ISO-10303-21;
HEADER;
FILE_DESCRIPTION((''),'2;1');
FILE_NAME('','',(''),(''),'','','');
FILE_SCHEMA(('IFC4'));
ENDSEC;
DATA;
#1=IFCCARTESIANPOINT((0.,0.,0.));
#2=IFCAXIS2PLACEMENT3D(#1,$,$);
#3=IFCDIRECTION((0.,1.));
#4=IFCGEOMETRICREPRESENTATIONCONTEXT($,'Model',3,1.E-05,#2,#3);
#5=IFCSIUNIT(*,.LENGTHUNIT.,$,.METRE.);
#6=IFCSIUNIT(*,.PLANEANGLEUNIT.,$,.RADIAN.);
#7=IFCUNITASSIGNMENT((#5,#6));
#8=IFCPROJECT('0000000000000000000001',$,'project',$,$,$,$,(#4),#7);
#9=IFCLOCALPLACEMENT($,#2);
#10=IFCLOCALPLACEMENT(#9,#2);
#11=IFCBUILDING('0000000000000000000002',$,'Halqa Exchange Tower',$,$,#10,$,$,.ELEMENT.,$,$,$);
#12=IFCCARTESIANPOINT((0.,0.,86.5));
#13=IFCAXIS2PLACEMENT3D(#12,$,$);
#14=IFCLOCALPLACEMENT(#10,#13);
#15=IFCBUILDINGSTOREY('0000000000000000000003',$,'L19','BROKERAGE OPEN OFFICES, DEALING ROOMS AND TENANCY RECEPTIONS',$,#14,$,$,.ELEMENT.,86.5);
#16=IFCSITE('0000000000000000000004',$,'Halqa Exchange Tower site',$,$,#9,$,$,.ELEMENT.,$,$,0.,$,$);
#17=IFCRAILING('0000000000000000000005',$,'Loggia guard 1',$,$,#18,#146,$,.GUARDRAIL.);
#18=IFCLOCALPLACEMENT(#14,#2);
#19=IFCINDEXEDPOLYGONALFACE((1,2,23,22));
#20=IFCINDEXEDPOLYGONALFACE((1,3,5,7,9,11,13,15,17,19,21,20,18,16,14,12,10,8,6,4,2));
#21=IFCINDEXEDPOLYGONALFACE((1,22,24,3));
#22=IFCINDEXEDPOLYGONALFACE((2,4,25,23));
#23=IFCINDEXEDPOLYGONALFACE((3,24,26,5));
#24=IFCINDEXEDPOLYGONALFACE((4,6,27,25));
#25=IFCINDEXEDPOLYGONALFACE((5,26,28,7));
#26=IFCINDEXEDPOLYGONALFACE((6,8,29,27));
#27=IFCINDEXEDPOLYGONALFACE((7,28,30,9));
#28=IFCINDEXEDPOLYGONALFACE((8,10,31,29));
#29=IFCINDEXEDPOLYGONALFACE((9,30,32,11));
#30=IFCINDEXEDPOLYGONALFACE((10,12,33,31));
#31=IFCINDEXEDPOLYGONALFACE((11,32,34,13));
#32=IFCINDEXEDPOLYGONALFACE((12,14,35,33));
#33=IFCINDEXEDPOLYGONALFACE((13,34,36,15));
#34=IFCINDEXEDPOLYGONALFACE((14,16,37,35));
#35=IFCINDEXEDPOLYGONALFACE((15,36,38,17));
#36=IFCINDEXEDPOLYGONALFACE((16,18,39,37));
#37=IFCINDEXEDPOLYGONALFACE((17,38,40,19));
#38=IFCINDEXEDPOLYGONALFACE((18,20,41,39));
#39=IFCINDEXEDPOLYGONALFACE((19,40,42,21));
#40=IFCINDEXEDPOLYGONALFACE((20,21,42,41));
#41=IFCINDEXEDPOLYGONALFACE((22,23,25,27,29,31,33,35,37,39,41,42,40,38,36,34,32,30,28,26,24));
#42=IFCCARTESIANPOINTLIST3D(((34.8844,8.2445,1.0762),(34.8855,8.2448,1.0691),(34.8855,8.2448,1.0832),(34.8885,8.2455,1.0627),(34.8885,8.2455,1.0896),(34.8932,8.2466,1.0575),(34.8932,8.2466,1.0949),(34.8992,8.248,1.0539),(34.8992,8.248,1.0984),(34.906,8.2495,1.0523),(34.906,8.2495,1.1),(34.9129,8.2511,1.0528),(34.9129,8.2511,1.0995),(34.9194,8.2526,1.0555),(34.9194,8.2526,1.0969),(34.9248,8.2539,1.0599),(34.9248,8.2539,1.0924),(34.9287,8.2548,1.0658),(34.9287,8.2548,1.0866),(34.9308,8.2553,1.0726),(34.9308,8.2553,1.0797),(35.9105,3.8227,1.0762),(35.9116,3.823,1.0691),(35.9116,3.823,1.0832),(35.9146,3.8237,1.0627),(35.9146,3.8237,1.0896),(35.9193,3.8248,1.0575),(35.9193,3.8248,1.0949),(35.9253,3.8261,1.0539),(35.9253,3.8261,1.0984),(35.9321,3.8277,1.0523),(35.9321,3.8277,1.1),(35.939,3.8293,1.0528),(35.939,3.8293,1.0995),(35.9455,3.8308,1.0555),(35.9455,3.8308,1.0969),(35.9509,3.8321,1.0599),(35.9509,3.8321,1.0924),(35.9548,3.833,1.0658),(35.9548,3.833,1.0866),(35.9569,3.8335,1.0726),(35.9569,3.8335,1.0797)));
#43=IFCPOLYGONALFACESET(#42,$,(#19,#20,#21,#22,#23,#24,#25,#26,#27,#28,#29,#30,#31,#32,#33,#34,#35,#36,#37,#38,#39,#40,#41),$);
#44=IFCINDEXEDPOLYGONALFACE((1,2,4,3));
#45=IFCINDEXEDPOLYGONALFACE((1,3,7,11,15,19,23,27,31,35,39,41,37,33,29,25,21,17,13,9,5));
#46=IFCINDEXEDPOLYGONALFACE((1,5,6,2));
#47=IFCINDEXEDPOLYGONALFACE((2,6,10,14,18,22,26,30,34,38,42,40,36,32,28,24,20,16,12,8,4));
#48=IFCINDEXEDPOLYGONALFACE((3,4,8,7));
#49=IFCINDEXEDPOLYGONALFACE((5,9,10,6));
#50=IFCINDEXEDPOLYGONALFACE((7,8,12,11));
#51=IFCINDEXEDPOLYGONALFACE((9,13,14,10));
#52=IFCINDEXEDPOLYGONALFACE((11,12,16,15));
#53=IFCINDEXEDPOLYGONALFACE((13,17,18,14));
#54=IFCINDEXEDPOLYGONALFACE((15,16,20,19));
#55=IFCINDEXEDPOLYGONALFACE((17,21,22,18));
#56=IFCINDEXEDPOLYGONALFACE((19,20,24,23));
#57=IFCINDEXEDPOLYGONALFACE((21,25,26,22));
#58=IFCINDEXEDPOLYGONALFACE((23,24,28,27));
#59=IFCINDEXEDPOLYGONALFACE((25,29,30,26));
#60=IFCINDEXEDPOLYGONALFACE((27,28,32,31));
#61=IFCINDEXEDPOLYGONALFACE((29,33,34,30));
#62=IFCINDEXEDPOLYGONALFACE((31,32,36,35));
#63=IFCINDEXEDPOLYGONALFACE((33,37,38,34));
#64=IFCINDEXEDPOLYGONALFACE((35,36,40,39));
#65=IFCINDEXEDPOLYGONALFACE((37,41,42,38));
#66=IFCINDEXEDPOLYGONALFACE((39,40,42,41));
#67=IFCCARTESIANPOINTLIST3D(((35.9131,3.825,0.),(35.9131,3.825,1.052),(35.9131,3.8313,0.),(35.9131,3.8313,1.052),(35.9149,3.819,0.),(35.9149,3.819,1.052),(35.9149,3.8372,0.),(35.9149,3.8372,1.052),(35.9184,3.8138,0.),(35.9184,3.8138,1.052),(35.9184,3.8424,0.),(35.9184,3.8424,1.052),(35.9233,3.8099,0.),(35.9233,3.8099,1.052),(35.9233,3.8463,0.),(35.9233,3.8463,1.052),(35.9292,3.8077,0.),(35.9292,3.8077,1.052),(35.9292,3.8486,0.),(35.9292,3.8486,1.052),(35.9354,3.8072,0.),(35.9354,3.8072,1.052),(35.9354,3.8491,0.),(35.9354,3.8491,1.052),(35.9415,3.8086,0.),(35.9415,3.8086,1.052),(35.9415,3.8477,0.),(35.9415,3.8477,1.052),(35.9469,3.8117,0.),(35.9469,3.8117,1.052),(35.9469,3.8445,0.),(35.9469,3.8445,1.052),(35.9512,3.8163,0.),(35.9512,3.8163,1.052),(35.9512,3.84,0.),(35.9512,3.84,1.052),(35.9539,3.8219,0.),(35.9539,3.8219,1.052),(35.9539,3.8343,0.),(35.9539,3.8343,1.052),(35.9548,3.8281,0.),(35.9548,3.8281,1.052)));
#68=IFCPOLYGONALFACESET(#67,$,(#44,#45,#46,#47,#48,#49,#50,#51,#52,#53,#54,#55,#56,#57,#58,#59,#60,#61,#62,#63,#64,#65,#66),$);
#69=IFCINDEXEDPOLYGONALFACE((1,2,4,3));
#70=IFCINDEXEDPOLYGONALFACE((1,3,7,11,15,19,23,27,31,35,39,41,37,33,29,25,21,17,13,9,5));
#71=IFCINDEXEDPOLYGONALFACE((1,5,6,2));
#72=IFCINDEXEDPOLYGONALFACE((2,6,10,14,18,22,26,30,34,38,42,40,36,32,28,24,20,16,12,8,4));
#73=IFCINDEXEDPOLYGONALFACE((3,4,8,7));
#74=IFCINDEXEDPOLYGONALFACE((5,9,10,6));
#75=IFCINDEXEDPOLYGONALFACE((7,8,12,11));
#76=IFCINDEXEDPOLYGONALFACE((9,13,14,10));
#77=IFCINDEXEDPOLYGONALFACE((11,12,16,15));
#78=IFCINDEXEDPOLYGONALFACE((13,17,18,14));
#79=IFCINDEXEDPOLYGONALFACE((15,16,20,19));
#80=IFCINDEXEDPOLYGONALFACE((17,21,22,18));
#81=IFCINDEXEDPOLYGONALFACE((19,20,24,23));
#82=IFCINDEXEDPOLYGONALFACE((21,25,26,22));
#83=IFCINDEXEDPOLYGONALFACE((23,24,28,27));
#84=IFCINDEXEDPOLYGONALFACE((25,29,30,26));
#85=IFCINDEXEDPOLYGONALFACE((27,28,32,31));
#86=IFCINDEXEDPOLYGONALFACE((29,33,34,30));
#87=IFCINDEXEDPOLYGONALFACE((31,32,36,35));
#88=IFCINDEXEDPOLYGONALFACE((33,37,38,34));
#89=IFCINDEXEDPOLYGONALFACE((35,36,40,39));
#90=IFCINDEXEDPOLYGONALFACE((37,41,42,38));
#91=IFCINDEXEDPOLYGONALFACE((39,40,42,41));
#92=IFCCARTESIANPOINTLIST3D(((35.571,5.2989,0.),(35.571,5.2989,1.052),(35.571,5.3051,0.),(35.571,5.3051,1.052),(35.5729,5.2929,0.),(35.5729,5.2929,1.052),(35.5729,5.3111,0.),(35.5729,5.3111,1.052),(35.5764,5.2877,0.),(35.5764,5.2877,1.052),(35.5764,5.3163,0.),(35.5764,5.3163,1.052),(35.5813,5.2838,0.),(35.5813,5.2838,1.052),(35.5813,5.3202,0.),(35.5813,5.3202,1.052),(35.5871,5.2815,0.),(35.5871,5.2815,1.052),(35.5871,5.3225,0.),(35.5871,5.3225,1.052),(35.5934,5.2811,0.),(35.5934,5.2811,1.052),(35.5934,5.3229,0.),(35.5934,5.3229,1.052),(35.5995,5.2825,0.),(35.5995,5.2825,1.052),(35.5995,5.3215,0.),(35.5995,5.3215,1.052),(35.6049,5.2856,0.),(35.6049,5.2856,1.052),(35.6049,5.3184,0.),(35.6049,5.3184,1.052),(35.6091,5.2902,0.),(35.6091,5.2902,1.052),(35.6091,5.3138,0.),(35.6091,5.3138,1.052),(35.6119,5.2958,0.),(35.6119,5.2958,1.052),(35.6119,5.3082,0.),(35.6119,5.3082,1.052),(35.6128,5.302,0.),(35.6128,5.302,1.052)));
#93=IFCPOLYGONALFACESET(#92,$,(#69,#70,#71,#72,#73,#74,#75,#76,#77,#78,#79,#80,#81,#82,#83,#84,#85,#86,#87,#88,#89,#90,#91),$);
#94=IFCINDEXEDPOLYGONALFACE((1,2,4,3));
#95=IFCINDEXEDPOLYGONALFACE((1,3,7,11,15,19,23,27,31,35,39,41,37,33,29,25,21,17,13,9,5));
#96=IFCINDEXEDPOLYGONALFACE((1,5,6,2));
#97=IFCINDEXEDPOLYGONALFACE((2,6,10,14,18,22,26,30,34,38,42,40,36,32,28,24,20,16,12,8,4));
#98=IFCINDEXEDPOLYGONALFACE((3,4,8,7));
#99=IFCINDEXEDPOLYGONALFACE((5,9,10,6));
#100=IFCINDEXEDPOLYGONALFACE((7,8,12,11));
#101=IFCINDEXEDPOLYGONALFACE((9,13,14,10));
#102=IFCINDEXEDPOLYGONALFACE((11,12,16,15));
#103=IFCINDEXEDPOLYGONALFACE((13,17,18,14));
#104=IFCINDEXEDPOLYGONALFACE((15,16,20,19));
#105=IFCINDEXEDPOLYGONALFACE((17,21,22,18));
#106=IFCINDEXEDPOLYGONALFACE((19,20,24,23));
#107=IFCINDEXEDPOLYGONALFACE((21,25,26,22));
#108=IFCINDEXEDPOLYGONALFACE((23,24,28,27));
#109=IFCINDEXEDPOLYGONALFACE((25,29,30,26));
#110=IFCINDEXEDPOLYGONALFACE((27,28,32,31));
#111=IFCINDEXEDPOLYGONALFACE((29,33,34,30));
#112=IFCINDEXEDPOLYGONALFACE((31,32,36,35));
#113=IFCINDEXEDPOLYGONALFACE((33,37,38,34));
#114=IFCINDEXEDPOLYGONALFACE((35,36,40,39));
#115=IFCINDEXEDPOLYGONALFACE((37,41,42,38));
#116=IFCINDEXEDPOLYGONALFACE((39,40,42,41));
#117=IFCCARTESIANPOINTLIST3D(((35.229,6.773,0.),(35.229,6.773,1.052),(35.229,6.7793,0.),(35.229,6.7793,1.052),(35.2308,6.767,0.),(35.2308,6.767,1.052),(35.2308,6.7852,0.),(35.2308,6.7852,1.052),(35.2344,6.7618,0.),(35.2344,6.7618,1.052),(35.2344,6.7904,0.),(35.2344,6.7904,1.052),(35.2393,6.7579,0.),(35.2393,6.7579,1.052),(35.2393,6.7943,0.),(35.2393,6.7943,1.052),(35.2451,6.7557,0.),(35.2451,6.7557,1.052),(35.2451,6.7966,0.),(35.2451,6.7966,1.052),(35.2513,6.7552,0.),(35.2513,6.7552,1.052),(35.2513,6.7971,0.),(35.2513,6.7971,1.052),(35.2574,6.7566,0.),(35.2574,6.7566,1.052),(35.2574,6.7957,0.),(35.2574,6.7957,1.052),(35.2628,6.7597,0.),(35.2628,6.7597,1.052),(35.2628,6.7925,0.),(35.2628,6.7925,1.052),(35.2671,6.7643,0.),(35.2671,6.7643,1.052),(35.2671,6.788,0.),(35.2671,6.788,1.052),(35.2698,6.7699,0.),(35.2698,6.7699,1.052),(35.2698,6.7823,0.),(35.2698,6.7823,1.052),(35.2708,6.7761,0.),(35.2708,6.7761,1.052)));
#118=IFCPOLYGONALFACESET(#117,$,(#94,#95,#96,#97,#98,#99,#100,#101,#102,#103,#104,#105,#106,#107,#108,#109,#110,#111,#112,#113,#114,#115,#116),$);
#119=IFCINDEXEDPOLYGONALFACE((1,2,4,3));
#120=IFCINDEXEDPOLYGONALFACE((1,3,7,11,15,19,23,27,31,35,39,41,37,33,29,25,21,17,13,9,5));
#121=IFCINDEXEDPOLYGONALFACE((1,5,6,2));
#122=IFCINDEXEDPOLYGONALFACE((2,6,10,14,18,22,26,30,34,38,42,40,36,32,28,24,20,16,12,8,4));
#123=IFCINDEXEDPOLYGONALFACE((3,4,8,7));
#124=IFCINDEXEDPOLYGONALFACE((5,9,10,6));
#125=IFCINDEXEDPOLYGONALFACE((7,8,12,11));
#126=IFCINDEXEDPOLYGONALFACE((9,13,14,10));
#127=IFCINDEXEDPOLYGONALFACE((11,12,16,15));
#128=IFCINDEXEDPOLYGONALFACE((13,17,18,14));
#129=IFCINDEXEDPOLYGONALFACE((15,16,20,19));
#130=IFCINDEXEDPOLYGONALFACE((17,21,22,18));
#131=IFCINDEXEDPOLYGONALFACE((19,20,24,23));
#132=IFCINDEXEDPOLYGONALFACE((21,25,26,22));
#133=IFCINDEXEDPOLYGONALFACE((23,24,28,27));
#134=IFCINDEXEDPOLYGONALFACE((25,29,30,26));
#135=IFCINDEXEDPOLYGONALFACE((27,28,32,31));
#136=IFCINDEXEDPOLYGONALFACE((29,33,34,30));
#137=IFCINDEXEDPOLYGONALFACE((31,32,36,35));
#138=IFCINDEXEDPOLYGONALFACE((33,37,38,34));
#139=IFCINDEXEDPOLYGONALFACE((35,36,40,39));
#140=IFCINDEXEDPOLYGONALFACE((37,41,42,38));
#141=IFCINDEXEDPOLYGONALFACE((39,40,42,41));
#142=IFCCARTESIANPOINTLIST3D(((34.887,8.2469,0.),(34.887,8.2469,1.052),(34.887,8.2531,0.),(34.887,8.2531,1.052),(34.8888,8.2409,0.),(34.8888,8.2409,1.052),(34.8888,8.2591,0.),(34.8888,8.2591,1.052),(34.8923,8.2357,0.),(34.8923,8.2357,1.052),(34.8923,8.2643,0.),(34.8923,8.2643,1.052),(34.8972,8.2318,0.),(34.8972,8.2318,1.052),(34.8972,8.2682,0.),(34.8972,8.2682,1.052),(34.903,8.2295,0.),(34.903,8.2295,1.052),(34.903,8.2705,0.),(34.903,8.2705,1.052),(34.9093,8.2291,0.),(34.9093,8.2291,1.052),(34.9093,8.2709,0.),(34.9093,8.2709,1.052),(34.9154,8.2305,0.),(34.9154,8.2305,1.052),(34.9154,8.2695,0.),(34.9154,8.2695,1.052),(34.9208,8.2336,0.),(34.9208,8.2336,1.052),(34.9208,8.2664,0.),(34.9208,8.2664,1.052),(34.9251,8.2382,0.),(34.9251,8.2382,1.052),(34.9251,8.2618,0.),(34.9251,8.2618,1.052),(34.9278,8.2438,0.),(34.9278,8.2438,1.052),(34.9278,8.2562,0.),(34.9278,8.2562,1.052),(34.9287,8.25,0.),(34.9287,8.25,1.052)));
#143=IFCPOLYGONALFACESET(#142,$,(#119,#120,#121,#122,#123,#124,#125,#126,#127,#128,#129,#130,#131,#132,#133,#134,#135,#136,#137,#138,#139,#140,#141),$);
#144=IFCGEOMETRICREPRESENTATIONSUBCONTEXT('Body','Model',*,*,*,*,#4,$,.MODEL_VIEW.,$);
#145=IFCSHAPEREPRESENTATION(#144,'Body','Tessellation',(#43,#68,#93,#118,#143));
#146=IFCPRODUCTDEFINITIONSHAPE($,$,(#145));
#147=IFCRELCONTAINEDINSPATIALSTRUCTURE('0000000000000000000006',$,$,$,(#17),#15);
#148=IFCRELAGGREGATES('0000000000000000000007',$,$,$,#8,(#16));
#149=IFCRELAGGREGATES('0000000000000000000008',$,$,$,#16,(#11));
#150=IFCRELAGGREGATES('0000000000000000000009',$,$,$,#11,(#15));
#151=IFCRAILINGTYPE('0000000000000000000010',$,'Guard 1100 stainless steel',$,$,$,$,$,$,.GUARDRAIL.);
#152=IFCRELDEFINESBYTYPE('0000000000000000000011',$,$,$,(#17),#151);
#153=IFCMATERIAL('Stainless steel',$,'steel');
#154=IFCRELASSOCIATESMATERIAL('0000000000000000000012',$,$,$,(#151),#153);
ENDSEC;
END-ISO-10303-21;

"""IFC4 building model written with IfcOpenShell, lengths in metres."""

from ifc_helpers import new_model, si_unit, direction, frame, origin, origin_2d, place, context, subcontext, project, spatial, circle, extrude, material, type_object, element, save


model = new_model("IFC4")

# Units and contexts
model_context = context("Model", 3, precision=1e-05, world=origin(), true_north=direction((0.0, 1.0)))
body_context = subcontext(model_context, "Body", "Model", "MODEL_VIEW")
ifc_project = project(units=[si_unit("LENGTHUNIT", "METRE"), si_unit("PLANEANGLEUNIT", "RADIAN")], contexts=[model_context])

# Site, building, storey
site_placement = place(None, origin())
site = spatial("IfcSite", under=ifc_project, at=site_placement, Name="Halqa Exchange Tower site", CompositionType="ELEMENT", RefElevation=0.0)
building_placement = place(site_placement, origin())
building = spatial("IfcBuilding", under=site, at=building_placement, Name="Halqa Exchange Tower", CompositionType="ELEMENT")
storey_placement = place(building_placement, frame((0.0, 0.0, 86.5)))
storey = spatial("IfcBuildingStorey", under=building, at=storey_placement, Name="L19", Description="BROKERAGE OPEN OFFICES, DEALING ROOMS AND TENANCY RECEPTIONS", CompositionType="ELEMENT", Elevation=86.5)

# Railing
ifc_material_1 = material(Name="Stainless steel", Category="steel")
railing_type = type_object("IfcRailingType", Name="Guard 1100 stainless steel", PredefinedType="GUARDRAIL", material=ifc_material_1)
railing_1_placement = place(storey_placement, frame((35.9338, 3.8281, 0.0)))
element("IfcRailing", 1, at=railing_1_placement, inside=storey, type_object=railing_type, Name="Loggia guard 1", PredefinedType="GUARDRAIL", context=body_context, shape_type="SweptSolid", body=[
    extrude(circle(Radius=0.0239, at=origin_2d()), frame((0.0, 0.0, 1.0762), z_axis=(-0.22605, 0.974116, 0.0), x_axis=(-0.974116, -0.22605, 0.0)), (0.0, 0.0, 1.0), 4.5393),
    extrude(circle(Radius=0.021, at=origin_2d()), origin(), (0.0, 0.0, 1.0), 1.052),
    extrude(circle(Radius=0.021, at=origin_2d()), frame((-0.342, 1.4739, 0.0)), (0.0, 0.0, 1.0), 1.052),
    extrude(circle(Radius=0.021, at=origin_2d()), frame((-0.6841, 2.948, 0.0)), (0.0, 0.0, 1.0), 1.052),
    extrude(circle(Radius=0.021, at=origin_2d()), frame((-1.0261, 4.4219, 0.0)), (0.0, 0.0, 1.0), 1.052),
])

save(model, "model.ifc")
